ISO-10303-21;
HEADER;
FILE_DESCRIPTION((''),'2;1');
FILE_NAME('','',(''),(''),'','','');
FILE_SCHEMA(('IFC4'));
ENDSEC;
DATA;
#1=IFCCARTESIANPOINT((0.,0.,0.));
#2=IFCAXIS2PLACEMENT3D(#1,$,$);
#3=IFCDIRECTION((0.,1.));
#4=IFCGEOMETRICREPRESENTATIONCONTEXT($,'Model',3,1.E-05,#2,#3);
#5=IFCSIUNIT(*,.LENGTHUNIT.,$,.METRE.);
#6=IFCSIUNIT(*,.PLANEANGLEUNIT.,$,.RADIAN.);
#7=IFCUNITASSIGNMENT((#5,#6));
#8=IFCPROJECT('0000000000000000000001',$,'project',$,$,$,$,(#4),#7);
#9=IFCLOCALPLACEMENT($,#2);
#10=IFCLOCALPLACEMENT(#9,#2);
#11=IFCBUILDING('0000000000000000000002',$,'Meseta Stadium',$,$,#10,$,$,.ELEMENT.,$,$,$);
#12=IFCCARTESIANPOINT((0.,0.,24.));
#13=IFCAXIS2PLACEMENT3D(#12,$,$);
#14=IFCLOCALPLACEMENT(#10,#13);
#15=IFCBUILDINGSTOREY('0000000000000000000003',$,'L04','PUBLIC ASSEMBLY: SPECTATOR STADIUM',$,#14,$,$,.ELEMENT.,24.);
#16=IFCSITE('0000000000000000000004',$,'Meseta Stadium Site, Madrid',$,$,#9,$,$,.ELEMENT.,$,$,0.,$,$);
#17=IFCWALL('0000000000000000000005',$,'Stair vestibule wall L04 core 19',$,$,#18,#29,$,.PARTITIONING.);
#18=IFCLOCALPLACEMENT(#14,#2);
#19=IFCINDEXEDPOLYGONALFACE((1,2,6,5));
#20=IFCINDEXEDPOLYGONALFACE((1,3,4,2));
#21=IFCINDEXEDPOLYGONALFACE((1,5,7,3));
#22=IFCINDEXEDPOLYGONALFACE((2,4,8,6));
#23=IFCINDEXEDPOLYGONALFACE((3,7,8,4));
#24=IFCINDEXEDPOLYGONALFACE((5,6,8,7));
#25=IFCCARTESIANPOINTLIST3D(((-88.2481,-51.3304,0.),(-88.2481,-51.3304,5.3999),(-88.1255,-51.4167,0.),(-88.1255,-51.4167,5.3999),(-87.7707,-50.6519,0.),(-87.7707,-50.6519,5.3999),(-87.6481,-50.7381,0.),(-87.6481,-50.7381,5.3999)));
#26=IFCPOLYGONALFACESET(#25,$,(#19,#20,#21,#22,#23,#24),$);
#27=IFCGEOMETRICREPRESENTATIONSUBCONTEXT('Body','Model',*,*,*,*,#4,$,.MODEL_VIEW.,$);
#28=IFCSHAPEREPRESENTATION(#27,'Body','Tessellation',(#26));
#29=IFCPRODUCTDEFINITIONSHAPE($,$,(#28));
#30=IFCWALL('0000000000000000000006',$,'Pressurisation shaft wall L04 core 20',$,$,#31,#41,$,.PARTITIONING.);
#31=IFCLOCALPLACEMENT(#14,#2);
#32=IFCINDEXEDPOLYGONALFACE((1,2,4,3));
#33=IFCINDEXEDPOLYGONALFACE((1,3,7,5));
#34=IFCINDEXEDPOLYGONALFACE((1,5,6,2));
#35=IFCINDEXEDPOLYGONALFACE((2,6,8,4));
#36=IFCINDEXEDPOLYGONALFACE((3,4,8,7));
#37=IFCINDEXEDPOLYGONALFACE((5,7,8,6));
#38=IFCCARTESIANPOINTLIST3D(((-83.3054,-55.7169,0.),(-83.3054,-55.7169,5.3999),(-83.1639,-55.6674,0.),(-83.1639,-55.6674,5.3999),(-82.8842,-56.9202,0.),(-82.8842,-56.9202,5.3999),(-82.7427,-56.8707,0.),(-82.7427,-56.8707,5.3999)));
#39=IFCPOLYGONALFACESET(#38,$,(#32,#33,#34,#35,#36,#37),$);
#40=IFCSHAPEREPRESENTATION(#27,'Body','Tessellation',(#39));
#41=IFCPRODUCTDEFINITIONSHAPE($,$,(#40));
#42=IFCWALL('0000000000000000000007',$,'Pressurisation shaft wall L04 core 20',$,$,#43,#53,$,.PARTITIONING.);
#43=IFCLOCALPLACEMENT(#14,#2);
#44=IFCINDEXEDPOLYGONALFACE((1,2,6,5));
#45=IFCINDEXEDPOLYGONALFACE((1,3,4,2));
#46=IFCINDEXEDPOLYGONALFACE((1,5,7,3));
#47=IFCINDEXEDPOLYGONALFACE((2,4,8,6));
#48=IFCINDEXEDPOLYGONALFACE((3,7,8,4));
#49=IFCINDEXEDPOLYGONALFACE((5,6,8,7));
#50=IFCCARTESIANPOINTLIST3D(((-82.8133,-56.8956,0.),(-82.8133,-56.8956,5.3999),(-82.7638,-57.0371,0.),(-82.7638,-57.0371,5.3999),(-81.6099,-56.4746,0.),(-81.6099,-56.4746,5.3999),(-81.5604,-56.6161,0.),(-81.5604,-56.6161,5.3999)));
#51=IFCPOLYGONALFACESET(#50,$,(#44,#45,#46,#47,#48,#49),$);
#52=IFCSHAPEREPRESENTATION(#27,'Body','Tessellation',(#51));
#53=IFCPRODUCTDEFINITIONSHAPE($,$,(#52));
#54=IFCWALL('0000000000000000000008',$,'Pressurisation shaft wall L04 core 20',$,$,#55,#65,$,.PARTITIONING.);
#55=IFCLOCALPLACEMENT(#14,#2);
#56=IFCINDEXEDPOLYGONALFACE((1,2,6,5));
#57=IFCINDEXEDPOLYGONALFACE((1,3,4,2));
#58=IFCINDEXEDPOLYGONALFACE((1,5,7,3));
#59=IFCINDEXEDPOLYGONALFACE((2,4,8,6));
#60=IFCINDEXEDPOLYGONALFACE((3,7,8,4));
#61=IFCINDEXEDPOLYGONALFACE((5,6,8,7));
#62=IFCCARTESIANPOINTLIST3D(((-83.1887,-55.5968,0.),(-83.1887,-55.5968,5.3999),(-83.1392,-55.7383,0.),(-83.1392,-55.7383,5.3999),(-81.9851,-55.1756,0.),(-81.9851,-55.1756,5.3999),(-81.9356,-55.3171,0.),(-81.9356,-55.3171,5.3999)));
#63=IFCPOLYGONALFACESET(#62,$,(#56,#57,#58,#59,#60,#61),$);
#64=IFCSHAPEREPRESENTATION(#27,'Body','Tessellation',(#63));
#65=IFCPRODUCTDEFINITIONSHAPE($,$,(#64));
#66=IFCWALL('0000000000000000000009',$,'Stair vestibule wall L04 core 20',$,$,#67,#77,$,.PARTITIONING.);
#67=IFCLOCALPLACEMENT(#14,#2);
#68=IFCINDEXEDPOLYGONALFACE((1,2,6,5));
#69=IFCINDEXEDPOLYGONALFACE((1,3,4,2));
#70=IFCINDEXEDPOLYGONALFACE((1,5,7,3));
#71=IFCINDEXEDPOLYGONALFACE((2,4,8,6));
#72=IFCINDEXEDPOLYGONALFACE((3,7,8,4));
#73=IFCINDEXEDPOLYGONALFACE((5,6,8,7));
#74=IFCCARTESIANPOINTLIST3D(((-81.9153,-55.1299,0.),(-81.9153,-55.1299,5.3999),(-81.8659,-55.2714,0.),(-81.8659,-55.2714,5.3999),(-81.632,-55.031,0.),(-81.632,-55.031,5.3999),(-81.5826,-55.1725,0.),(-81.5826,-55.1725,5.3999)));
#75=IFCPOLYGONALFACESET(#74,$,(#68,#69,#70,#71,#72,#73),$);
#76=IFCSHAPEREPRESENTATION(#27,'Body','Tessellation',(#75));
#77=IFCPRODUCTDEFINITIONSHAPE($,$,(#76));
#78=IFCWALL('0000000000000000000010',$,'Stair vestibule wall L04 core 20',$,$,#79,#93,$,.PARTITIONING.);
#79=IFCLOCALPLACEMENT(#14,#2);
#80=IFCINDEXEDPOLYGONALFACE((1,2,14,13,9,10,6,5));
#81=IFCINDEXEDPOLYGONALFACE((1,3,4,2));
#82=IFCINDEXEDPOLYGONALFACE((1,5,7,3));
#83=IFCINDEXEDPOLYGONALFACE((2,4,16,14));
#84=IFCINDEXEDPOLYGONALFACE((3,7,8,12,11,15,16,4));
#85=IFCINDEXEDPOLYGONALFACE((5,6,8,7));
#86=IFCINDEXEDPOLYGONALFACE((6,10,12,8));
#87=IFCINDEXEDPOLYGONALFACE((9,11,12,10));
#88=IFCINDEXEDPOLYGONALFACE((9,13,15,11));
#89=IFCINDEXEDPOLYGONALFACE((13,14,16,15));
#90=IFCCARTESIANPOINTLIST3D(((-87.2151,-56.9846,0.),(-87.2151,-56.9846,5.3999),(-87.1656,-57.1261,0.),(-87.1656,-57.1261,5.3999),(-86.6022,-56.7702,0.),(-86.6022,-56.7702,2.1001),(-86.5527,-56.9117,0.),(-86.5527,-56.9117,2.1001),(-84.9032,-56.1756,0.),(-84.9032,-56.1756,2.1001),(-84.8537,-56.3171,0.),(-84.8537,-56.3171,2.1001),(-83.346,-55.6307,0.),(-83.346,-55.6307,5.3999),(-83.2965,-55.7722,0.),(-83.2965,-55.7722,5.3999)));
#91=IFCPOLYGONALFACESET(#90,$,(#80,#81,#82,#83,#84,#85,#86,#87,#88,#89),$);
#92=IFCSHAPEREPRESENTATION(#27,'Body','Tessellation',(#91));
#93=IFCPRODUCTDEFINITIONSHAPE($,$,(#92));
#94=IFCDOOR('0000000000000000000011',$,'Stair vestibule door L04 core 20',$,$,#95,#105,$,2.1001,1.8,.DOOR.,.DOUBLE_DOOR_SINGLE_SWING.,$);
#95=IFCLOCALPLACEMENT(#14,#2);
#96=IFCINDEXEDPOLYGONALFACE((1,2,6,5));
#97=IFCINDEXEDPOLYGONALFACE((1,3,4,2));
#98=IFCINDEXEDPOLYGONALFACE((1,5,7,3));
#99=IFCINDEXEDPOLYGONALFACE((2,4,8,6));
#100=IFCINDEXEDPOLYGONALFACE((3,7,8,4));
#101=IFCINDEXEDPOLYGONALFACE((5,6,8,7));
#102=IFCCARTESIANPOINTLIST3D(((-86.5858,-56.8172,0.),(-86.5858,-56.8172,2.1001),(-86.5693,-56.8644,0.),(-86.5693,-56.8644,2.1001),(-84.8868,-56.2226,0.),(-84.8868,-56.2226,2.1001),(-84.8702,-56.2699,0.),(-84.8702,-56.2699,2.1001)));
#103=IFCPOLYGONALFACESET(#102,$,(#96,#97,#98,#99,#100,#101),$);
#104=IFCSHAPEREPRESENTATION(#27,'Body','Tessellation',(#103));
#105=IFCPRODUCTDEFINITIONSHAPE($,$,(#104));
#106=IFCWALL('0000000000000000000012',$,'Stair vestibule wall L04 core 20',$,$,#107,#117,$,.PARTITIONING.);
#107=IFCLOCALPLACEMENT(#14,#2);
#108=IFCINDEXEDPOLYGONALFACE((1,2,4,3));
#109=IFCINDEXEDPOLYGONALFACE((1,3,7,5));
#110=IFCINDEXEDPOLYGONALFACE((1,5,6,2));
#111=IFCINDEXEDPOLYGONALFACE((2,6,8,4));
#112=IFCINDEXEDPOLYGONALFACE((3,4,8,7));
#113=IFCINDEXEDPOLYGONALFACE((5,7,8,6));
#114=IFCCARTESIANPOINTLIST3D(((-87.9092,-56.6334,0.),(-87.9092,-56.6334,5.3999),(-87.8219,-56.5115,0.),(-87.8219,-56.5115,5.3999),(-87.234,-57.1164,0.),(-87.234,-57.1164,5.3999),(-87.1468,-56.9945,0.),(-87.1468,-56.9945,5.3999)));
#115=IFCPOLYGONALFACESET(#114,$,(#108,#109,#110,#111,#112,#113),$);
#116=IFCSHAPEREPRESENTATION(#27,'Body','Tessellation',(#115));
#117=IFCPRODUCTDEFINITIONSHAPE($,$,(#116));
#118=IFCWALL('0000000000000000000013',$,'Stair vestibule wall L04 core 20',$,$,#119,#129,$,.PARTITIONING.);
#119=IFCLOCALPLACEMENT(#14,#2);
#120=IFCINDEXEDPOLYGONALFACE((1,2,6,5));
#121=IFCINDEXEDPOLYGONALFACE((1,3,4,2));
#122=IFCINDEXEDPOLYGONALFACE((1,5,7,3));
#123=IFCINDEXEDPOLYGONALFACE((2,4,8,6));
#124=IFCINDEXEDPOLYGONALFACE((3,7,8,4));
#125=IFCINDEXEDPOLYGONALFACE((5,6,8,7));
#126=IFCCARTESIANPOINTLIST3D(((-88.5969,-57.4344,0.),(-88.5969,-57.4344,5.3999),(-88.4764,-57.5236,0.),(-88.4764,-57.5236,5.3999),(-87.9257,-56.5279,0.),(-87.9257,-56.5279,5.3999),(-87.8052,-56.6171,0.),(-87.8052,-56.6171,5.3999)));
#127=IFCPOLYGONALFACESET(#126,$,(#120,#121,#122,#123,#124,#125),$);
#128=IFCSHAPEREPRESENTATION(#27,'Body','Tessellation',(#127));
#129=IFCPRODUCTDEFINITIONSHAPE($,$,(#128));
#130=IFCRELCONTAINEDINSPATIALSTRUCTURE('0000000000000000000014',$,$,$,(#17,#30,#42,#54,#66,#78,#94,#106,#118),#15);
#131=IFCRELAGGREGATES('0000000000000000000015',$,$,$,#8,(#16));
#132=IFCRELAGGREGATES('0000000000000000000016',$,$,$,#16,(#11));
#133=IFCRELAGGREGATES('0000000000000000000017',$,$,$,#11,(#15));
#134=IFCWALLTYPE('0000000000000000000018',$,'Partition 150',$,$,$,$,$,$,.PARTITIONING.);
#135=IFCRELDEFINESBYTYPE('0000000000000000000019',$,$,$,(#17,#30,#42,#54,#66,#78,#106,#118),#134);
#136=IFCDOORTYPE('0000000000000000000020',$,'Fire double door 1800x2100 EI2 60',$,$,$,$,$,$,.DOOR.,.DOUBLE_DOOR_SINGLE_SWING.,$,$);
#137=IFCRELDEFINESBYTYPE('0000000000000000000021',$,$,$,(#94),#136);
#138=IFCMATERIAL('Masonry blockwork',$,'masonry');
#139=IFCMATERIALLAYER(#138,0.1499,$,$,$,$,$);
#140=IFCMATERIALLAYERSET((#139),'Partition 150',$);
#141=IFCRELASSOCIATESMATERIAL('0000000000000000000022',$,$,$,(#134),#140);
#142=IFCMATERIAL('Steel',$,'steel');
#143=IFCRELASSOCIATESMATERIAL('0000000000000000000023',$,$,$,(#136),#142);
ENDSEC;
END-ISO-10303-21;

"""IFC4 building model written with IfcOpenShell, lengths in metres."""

from ifc_helpers import new_model, si_unit, direction, frame, frame_2d, origin, place, context, subcontext, project, spatial, rectangle, extrude, material, layer, layer_set, type_object, element, fill, save


model = new_model("IFC4")

# Units and contexts
model_context = context("Model", 3, precision=1e-05, world=origin(), true_north=direction((0.0, 1.0)))
body_context = subcontext(model_context, "Body", "Model", "MODEL_VIEW")
ifc_project = project(units=[si_unit("LENGTHUNIT", "METRE"), si_unit("PLANEANGLEUNIT", "RADIAN")], contexts=[model_context])

# Site, building, storey
site_placement = place(None, origin())
site = spatial("IfcSite", under=ifc_project, at=site_placement, Name="Meseta Stadium Site, Madrid", CompositionType="ELEMENT", RefElevation=0.0)
building_placement = place(site_placement, origin())
building = spatial("IfcBuilding", under=site, at=building_placement, Name="Meseta Stadium", CompositionType="ELEMENT")
storey_placement = place(building_placement, frame((0.0, 0.0, 24.0)))
storey = spatial("IfcBuildingStorey", under=building, at=storey_placement, Name="L04", Description="PUBLIC ASSEMBLY: SPECTATOR STADIUM", CompositionType="ELEMENT", Elevation=24.0)

# Walls
ifc_material_1 = material(Name="Masonry blockwork", Category="masonry")
ifc_layer_1 = layer(ifc_material_1, 0.1499)
ifc_layer_set_1 = layer_set([ifc_layer_1], Name="Partition 150")
wall_type_1 = type_object("IfcWallType", Name="Partition 150", PredefinedType="PARTITIONING", material=ifc_layer_set_1)
wall_1_placement = place(storey_placement, frame((-88.1868, -51.3735, 0.0), z_axis=(0.0, 0.0, 1.0), x_axis=(0.575377, 0.817888, 0.0)))
element("IfcWall", 1, at=wall_1_placement, inside=storey, type_object=wall_type_1, Name="Stair vestibule wall L04 core 19", PredefinedType="PARTITIONING", context=body_context, shape_type="SweptSolid", body=[
    extrude(rectangle(XDim=0.8296, YDim=0.1499, at=frame_2d((0.4148, 0.0))), origin(), (0.0, 0.0, 1.0), 5.3999),
])
for number, where, z_axis, x_axis, name in (
    (2, (-83.2346, -55.6921, 0.0), (0.0, 0.0, 1.0), (0.330325, -0.943867, 0.0), "Pressurisation shaft wall L04 core 20"),
    (3, (-82.7886, -56.9663, 0.0), (0.0, 0.0, 1.0), (0.943927, 0.330154, 0.0), "Pressurisation shaft wall L04 core 20"),
):
    element("IfcWall", number, at=place(storey_placement, frame(where, z_axis=z_axis, x_axis=x_axis)), inside=storey, type_object=wall_type_1, Name=name, PredefinedType="PARTITIONING", context=body_context, shape_type="SweptSolid", body=[
        extrude(rectangle(XDim=1.2749, YDim=0.1499, at=frame_2d((0.6375, 0.0))), origin(), (0.0, 0.0, 1.0), 5.3999),
    ])
wall_2_placement = place(storey_placement, frame((-81.9602, -55.2463, 0.0), z_axis=(0.0, 0.0, 1.0), x_axis=(-0.943888, -0.330265, 0.0)))
element("IfcWall", 4, at=wall_2_placement, inside=storey, type_object=wall_type_1, Name="Pressurisation shaft wall L04 core 20", PredefinedType="PARTITIONING", context=body_context, shape_type="SweptSolid", body=[
    extrude(rectangle(XDim=1.2751, YDim=0.1499, at=frame_2d((0.6377, 0.0))), origin(), (0.0, 0.0, 1.0), 5.3999),
])
wall_3_placement = place(storey_placement, frame((-81.6074, -55.1018, 0.0), z_axis=(0.0, 0.0, 1.0), x_axis=(-0.944112, -0.329625, 0.0)))
element("IfcWall", 5, at=wall_3_placement, inside=storey, type_object=wall_type_1, Name="Stair vestibule wall L04 core 20", PredefinedType="PARTITIONING", context=body_context, shape_type="SweptSolid", body=[
    extrude(rectangle(XDim=0.3, YDim=0.1499, at=frame_2d((0.1499, 0.0))), origin(), (0.0, 0.0, 1.0), 5.3999),
])

# Wall, opening, door
wall_4_placement = place(storey_placement, frame((-83.3213, -55.7014, 0.0), z_axis=(0.0, 0.0, 1.0), x_axis=(-0.943873, -0.330308, 0.0)))
wall_4 = element("IfcWall", 6, at=wall_4_placement, inside=storey, type_object=wall_type_1, Name="Stair vestibule wall L04 core 20", PredefinedType="PARTITIONING", context=body_context, shape_type="SweptSolid", body=[
    extrude(rectangle(XDim=4.0991, YDim=0.1499, at=frame_2d((2.0496, 0.0))), origin(), (0.0, 0.0, 1.0), 5.3999),
])
opening_1_placement = place(wall_4_placement, frame((1.6499, 0.0, 0.0)))
opening_1 = element("IfcOpeningElement", 7, at=opening_1_placement, cuts=wall_4, PredefinedType="OPENING", context=body_context, shape_type="SweptSolid", body=[
    extrude(rectangle(XDim=1.8, YDim=2.1001, at=frame_2d((0.8999, 1.05))), frame((0.0, 0.085, 0.0), z_axis=(0.0, -1.0, 0.0), x_axis=(1.0, 0.0, 0.0)), (0.0, 0.0, 1.0), 0.1699),
])
ifc_material_2 = material(Name="Steel", Category="steel")
door_type_1 = type_object("IfcDoorType", Name="Fire double door 1800x2100 EI2 60", OperationType="DOUBLE_DOOR_SINGLE_SWING", PredefinedType="DOOR", material=ifc_material_2)
door_1_placement = place(opening_1_placement, origin())
door_1 = element("IfcDoor", 8, at=door_1_placement, inside=storey, type_object=door_type_1, Name="Stair vestibule door L04 core 20", OperationType="DOUBLE_DOOR_SINGLE_SWING", OverallHeight=2.1001, OverallWidth=1.8, PredefinedType="DOOR", context=body_context, shape_type="SweptSolid", body=[
    extrude(rectangle(XDim=1.8, YDim=2.1001, at=frame_2d((0.8999, 1.05))), frame((0.0, 0.0249, 0.0), z_axis=(0.0, -1.0, 0.0), x_axis=(1.0, 0.0, 0.0)), (0.0, 0.0, 1.0), 0.05),
])
fill(opening_1, door_1)

# Walls
wall_5_placement = place(storey_placement, frame((-87.1904, -57.0554, 0.0), z_axis=(0.0, 0.0, 1.0), x_axis=(-0.813316, 0.581822, 0.0)))
element("IfcWall", 9, at=wall_5_placement, inside=storey, type_object=wall_type_1, Name="Stair vestibule wall L04 core 20", PredefinedType="PARTITIONING", context=body_context, shape_type="SweptSolid", body=[
    extrude(rectangle(XDim=0.8301, YDim=0.1499, at=frame_2d((0.415, 0.0))), origin(), (0.0, 0.0, 1.0), 5.3999),
])
wall_6_placement = place(storey_placement, frame((-87.8655, -56.5725, 0.0), z_axis=(0.0, 0.0, 1.0), x_axis=(-0.595036, -0.803699, 0.0)))
element("IfcWall", 10, at=wall_6_placement, inside=storey, type_object=wall_type_1, Name="Stair vestibule wall L04 core 20", PredefinedType="PARTITIONING", context=body_context, shape_type="SweptSolid", body=[
    extrude(rectangle(XDim=1.1279, YDim=0.1499, at=frame_2d((0.564, 0.0))), origin(), (0.0, 0.0, 1.0), 5.3999),
])

save(model, "model.ifc")
